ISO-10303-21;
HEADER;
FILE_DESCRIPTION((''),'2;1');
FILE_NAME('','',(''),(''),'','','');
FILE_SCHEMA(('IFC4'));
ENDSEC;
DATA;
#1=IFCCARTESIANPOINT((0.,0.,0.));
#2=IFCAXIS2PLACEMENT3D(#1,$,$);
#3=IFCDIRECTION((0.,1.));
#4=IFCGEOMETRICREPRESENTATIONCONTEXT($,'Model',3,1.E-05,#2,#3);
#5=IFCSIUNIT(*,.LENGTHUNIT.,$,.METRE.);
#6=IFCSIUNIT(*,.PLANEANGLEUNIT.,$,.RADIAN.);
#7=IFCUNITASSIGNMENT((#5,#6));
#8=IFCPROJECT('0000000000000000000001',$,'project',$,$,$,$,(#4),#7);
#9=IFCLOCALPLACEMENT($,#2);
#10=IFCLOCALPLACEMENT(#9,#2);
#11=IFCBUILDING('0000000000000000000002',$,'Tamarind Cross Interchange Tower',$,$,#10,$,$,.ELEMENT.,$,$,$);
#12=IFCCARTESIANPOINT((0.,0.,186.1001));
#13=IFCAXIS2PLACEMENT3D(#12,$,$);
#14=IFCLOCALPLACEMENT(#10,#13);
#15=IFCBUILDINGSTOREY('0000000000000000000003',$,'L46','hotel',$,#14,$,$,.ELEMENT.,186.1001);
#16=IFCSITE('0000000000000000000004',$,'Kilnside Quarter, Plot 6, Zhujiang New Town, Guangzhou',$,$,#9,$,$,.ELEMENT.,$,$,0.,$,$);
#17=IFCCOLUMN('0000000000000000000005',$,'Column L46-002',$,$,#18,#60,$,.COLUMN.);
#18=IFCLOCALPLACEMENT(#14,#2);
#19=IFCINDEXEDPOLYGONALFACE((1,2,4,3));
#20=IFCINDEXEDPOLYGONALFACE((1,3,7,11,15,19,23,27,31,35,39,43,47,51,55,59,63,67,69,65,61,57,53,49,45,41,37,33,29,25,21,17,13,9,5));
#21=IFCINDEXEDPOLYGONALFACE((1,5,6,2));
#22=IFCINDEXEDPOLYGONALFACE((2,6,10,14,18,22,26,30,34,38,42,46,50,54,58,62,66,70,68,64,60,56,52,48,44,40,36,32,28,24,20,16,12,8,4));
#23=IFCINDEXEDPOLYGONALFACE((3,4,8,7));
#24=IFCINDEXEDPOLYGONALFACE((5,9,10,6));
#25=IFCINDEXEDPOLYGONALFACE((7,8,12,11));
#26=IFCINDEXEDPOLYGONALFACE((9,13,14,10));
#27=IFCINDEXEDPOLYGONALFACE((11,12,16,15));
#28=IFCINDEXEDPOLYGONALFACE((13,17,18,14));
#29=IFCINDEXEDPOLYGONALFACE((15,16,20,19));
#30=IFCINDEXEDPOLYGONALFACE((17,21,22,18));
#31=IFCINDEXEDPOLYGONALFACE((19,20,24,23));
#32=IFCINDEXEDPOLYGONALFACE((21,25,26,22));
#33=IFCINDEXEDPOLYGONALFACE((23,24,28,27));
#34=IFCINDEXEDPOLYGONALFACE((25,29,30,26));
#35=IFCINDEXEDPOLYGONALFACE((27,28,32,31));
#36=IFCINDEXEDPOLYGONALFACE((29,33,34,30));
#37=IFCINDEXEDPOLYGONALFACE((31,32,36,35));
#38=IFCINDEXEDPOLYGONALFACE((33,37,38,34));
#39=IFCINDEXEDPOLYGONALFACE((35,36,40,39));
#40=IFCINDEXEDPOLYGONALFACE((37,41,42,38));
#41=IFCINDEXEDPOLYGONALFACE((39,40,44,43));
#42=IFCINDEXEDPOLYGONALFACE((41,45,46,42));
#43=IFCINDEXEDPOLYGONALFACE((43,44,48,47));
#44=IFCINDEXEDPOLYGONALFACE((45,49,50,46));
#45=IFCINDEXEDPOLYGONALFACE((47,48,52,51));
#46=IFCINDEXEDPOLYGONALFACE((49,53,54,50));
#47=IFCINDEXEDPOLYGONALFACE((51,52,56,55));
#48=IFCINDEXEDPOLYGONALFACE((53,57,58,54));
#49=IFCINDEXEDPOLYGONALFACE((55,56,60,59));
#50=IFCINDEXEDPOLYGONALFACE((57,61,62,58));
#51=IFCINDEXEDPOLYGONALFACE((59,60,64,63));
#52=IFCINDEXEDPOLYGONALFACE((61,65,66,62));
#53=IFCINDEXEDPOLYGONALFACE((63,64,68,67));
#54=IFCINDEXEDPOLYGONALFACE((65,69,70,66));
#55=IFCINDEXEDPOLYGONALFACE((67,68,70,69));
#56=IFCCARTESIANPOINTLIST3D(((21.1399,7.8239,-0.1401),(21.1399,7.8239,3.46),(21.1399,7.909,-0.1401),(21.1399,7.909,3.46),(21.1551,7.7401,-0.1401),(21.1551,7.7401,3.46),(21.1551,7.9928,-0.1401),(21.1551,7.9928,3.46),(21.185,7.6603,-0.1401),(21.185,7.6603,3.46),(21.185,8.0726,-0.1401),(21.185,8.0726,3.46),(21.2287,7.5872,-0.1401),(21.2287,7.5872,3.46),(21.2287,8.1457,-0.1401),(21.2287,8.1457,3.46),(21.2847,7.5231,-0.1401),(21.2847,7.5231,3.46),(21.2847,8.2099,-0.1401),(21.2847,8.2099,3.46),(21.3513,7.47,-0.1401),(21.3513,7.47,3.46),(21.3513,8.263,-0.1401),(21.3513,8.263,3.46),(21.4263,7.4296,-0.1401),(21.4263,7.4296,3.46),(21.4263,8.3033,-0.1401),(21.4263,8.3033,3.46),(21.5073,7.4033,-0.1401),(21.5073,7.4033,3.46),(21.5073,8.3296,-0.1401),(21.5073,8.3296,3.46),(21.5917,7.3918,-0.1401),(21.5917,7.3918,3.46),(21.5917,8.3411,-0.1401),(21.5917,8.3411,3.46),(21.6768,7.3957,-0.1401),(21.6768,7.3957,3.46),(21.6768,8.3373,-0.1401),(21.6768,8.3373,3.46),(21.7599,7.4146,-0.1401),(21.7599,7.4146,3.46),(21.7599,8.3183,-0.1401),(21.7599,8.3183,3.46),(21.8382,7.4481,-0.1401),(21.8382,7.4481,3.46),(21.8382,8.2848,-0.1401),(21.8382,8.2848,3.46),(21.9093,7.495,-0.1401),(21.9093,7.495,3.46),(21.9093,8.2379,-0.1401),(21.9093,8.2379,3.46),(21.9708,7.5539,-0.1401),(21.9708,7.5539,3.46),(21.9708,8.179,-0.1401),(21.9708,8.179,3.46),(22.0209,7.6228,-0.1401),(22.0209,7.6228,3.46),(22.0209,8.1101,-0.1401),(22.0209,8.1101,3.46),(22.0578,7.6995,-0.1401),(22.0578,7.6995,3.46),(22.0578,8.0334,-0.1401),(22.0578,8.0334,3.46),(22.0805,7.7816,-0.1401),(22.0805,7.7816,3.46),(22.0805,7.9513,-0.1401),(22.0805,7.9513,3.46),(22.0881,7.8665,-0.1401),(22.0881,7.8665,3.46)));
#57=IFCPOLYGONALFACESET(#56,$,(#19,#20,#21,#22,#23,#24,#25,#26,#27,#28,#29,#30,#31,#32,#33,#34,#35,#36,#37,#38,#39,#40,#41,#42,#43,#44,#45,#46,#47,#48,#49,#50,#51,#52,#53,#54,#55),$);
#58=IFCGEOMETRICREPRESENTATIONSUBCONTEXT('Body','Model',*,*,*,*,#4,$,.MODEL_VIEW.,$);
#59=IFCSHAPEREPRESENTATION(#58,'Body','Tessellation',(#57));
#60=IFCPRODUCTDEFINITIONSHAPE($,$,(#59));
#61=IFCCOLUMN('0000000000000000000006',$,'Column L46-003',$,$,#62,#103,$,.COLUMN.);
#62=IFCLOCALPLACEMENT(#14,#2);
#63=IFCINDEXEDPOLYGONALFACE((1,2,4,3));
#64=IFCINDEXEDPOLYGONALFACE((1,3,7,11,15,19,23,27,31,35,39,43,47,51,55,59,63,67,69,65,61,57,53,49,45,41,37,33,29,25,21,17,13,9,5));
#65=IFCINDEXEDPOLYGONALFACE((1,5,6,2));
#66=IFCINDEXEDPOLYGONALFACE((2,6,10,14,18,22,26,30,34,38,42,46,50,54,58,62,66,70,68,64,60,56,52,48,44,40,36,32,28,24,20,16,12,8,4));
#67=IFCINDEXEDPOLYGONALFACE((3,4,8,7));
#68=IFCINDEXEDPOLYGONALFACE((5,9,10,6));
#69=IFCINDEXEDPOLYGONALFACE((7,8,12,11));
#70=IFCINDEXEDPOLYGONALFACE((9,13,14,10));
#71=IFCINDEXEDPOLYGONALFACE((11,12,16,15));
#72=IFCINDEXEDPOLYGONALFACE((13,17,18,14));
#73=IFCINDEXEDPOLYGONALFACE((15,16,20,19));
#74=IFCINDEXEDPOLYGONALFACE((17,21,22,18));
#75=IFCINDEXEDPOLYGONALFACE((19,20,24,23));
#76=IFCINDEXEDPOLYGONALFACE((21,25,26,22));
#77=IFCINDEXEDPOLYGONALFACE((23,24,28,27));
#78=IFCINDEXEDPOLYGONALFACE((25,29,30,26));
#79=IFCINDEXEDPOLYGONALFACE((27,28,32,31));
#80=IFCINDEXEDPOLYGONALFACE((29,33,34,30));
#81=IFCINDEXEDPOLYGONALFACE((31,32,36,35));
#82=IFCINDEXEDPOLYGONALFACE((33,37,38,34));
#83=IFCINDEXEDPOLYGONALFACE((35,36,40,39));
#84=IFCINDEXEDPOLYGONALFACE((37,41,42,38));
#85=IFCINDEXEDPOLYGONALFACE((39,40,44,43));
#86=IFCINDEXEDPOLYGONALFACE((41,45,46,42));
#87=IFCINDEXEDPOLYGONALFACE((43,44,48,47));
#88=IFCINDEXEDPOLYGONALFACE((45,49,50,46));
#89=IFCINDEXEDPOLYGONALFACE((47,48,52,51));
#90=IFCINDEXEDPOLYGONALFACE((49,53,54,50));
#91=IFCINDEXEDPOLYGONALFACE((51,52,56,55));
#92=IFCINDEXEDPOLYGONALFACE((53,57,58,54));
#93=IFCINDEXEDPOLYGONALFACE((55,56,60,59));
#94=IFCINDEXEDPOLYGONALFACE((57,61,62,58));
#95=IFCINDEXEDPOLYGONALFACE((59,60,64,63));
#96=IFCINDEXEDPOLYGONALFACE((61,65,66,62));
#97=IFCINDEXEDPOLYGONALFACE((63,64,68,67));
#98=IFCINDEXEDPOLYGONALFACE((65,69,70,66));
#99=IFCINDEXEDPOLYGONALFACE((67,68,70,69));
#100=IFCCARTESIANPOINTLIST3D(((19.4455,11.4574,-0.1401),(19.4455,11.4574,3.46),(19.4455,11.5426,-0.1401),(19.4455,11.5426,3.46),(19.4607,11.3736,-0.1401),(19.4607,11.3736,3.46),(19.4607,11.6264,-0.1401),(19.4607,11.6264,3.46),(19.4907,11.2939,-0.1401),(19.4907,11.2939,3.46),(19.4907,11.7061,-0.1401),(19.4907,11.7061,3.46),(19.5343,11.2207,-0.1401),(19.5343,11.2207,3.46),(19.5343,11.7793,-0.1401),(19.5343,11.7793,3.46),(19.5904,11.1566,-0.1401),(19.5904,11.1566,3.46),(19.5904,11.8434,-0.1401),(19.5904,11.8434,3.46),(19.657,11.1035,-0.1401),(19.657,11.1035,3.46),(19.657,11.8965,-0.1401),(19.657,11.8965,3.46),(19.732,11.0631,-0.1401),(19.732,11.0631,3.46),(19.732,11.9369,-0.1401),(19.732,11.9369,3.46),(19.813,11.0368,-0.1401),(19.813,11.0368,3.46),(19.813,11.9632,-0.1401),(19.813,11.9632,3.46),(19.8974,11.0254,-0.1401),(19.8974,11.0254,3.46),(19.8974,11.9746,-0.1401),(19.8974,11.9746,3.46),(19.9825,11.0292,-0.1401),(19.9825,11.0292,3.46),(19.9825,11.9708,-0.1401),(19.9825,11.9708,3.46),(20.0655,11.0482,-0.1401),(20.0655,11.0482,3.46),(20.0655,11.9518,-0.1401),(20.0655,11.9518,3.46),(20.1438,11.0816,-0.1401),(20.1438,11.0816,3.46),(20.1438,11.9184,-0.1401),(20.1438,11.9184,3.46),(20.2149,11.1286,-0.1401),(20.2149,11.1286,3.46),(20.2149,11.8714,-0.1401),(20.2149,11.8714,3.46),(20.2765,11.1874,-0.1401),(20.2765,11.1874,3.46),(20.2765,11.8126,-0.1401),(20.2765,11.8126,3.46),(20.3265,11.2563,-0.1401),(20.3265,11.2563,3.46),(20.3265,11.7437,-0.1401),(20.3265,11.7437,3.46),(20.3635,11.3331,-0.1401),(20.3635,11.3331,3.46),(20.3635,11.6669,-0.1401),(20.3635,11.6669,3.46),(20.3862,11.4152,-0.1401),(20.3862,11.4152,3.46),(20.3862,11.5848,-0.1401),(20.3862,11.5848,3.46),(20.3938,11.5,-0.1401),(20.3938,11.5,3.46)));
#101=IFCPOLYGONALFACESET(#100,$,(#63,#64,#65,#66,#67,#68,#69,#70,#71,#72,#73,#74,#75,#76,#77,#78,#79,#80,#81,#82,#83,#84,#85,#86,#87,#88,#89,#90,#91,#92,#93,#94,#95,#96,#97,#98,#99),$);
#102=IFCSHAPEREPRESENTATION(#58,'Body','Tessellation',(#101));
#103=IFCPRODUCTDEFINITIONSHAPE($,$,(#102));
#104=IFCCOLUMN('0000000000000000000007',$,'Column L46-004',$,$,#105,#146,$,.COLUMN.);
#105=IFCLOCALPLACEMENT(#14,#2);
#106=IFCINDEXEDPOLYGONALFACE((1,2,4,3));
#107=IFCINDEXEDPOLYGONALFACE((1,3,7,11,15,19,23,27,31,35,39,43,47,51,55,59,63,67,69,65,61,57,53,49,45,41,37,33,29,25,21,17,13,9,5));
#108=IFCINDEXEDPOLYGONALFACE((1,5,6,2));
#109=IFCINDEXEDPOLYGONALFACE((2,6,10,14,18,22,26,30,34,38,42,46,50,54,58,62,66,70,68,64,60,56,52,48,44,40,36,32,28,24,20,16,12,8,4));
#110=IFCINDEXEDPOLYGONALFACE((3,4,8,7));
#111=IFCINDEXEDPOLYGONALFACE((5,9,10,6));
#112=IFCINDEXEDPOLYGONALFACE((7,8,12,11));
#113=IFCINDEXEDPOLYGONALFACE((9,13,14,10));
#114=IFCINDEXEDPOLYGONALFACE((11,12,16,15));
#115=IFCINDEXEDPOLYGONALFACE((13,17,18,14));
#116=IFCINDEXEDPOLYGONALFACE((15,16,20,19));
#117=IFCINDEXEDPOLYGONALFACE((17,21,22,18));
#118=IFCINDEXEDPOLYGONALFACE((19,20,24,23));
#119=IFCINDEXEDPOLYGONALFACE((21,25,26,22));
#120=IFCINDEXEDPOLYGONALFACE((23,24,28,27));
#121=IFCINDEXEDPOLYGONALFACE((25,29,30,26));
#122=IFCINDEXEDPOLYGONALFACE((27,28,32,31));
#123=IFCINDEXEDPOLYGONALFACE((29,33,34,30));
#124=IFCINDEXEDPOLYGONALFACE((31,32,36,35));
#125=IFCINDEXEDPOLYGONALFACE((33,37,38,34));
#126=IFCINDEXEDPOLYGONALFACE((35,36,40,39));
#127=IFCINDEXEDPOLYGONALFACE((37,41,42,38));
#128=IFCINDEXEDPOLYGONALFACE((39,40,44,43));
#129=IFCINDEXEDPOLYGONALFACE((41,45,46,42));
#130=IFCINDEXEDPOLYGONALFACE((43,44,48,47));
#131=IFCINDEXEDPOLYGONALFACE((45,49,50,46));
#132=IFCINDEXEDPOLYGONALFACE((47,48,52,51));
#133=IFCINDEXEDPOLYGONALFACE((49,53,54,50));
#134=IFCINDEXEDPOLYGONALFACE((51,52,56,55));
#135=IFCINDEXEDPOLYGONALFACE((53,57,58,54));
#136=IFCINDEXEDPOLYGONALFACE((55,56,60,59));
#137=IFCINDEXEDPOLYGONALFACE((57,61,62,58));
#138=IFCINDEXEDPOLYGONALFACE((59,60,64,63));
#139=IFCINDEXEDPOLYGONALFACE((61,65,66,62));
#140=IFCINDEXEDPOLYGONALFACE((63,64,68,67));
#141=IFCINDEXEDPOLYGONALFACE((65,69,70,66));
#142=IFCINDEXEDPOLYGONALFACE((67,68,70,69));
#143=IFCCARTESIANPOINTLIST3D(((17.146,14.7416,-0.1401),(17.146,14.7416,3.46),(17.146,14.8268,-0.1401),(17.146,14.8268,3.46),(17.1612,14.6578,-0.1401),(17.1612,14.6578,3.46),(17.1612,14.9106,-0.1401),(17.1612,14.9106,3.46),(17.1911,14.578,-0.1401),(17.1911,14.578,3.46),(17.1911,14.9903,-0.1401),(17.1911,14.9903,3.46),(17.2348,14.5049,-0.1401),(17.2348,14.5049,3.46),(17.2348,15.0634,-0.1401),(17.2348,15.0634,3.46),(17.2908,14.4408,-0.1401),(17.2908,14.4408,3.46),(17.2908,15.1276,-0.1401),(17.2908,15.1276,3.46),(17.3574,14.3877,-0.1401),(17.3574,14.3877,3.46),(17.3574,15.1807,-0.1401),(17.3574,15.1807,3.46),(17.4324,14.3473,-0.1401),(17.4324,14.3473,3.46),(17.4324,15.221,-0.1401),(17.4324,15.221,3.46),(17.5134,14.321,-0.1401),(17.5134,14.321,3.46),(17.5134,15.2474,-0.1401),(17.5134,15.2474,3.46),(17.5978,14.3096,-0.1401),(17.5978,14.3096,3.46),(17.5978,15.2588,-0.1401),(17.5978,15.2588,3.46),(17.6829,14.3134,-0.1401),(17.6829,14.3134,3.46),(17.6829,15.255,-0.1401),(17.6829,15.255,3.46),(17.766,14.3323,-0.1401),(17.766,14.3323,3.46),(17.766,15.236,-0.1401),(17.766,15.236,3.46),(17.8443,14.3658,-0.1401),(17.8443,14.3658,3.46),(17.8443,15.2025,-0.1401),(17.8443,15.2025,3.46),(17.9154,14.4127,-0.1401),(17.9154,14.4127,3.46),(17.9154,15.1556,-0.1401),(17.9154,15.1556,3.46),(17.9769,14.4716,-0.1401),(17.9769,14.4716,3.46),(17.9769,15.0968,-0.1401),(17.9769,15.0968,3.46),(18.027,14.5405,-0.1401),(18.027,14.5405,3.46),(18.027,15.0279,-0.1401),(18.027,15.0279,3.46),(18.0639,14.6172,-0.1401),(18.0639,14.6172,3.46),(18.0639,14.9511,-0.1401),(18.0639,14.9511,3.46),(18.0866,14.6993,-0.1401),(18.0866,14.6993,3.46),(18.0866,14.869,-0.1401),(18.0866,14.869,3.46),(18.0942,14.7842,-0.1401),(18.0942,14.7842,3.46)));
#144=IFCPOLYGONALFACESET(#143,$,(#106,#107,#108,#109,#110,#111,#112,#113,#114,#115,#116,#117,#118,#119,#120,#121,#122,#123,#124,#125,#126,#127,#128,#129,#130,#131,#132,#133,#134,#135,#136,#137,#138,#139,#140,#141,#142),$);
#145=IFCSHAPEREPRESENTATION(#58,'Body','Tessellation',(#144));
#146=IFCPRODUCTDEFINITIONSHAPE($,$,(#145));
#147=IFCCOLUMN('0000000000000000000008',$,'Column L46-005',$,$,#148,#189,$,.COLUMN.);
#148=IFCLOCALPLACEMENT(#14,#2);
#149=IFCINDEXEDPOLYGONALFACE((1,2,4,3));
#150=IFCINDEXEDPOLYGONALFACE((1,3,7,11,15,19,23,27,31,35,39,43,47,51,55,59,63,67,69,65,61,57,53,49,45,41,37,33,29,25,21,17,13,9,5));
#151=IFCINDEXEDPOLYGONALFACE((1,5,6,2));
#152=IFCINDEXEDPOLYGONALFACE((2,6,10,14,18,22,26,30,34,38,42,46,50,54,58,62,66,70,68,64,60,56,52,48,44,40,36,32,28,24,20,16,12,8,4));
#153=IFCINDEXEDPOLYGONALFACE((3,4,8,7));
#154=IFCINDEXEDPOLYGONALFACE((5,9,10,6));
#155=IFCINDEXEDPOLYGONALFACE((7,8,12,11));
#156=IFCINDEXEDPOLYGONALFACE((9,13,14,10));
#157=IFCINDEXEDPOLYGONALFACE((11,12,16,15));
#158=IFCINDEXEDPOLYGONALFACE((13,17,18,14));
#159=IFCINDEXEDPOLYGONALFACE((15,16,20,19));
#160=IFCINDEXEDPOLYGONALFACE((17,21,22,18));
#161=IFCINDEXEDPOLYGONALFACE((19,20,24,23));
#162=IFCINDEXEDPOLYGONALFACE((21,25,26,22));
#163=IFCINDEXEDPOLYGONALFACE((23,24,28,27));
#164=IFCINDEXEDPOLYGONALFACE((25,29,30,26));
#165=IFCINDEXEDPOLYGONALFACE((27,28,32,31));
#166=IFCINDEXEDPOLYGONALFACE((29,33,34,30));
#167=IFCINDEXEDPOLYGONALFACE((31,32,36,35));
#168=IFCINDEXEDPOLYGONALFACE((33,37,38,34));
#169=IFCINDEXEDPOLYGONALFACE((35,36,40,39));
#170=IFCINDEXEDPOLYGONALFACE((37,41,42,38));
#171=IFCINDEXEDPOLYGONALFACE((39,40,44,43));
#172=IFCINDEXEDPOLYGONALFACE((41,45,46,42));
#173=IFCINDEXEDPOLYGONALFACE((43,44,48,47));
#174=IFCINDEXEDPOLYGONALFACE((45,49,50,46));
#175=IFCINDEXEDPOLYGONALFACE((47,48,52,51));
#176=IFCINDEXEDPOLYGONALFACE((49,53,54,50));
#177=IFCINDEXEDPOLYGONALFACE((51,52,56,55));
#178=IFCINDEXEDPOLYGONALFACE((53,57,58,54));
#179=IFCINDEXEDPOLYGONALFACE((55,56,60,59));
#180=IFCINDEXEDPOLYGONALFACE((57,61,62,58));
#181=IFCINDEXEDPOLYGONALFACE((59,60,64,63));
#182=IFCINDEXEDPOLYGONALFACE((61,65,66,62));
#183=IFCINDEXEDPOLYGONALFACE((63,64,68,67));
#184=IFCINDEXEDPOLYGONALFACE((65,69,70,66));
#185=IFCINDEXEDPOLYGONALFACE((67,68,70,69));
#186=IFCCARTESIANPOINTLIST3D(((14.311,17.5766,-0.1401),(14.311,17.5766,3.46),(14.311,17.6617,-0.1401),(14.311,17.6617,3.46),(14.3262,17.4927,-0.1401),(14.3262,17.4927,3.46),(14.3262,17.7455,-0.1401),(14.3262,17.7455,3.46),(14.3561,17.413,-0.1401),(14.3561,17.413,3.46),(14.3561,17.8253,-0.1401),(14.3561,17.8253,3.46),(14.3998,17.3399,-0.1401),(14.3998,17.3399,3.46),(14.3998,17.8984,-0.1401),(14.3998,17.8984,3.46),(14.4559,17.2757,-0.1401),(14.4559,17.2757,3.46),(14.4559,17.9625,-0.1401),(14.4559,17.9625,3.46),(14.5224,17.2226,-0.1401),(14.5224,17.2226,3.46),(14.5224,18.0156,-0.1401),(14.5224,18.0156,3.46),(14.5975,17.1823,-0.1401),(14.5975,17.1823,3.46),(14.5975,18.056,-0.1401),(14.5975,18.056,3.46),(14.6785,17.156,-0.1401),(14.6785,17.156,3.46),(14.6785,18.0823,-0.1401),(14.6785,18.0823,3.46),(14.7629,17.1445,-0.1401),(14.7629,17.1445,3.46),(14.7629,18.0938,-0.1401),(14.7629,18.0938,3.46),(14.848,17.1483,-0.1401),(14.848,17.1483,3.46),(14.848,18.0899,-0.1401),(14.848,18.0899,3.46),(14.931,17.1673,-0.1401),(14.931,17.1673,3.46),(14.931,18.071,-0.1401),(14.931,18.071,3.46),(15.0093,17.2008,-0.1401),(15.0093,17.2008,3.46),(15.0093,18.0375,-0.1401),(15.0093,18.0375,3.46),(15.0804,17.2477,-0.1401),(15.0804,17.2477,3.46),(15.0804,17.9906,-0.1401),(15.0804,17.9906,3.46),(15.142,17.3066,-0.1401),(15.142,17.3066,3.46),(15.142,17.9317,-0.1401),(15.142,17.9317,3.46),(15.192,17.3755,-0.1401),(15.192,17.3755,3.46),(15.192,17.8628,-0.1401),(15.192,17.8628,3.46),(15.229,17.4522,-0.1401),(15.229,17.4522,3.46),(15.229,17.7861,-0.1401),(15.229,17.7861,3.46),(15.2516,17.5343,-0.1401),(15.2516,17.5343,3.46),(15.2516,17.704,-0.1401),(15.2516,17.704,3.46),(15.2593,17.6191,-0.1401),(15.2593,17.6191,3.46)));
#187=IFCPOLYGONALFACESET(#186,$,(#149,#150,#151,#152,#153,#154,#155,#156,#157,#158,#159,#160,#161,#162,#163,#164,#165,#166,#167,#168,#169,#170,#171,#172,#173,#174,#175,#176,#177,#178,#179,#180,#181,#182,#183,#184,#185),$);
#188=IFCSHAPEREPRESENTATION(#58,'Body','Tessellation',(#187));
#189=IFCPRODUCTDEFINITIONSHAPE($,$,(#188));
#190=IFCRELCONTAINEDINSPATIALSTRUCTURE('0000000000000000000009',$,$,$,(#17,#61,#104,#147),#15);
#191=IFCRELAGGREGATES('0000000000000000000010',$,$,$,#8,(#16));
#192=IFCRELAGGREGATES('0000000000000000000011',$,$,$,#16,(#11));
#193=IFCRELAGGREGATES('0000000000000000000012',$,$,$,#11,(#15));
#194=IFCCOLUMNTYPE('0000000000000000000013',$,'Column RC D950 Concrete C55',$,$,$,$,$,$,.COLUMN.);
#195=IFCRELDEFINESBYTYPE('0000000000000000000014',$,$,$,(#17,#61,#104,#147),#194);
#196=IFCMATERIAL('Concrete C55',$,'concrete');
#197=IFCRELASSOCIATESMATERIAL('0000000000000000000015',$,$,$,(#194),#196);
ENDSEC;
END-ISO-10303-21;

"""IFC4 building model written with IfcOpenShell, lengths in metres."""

from ifc_helpers import new_model, si_unit, direction, frame, origin, origin_2d, place, context, subcontext, project, spatial, circle, extrude, material, material_profile, profile_set, type_object, element, save


model = new_model("IFC4")

# Units and contexts
model_context = context("Model", 3, precision=1e-05, world=origin(), true_north=direction((0.0, 1.0)))
body_context = subcontext(model_context, "Body", "Model", "MODEL_VIEW")
ifc_project = project(units=[si_unit("LENGTHUNIT", "METRE"), si_unit("PLANEANGLEUNIT", "RADIAN")], contexts=[model_context])

# Site, building, storey
site_placement = place(None, origin())
site = spatial("IfcSite", under=ifc_project, at=site_placement, Name="Kilnside Quarter, Plot 6, Zhujiang New Town, Guangzhou", CompositionType="ELEMENT", RefElevation=0.0)
building_placement = place(site_placement, origin())
building = spatial("IfcBuilding", under=site, at=building_placement, Name="Tamarind Cross Interchange Tower", CompositionType="ELEMENT")
storey_placement = place(building_placement, frame((0.0, 0.0, 186.1001)))
storey = spatial("IfcBuildingStorey", under=building, at=storey_placement, Name="L46", Description="hotel", CompositionType="ELEMENT", Elevation=186.1001)

# Columns
ifc_material_1 = material(Name="Concrete C55", Category="concrete")
ifc_material_profile_1 = material_profile(ifc_material_1, circle(Radius=0.4751, at=origin_2d()), Name="RC D950")
ifc_profile_set_1 = profile_set([ifc_material_profile_1], Name="Concrete C55")
column_type = type_object("IfcColumnType", Name="Column RC D950 Concrete C55", PredefinedType="COLUMN", material=ifc_profile_set_1)
for number, where, z_axis, x_axis, name in (
    (1, (21.613, 7.8665, -0.1401), (0.0, 0.0, 1.0), (1.0, 0.0, 0.0), "Column L46-002"),
    (2, (19.9187, 11.5, -0.1401), (0.0, 0.0, 1.0), (1.0, 0.0, 0.0), "Column L46-003"),
    (3, (17.6191, 14.7842, -0.1401), (0.0, 0.0, 1.0), (1.0, 0.0, 0.0), "Column L46-004"),
    (4, (14.7842, 17.6191, -0.1401), (0.0, 0.0, 1.0), (1.0, 0.0, 0.0), "Column L46-005"),
):
    element("IfcColumn", number, at=place(storey_placement, frame(where, z_axis=z_axis, x_axis=x_axis)), inside=storey, type_object=column_type, Name=name, PredefinedType="COLUMN", context=body_context, shape_type="SweptSolid", body=[
        extrude(circle(Radius=0.4751, at=origin_2d()), origin(), (0.0, 0.0, 1.0), 3.6001),
    ])

save(model, "model.ifc")
